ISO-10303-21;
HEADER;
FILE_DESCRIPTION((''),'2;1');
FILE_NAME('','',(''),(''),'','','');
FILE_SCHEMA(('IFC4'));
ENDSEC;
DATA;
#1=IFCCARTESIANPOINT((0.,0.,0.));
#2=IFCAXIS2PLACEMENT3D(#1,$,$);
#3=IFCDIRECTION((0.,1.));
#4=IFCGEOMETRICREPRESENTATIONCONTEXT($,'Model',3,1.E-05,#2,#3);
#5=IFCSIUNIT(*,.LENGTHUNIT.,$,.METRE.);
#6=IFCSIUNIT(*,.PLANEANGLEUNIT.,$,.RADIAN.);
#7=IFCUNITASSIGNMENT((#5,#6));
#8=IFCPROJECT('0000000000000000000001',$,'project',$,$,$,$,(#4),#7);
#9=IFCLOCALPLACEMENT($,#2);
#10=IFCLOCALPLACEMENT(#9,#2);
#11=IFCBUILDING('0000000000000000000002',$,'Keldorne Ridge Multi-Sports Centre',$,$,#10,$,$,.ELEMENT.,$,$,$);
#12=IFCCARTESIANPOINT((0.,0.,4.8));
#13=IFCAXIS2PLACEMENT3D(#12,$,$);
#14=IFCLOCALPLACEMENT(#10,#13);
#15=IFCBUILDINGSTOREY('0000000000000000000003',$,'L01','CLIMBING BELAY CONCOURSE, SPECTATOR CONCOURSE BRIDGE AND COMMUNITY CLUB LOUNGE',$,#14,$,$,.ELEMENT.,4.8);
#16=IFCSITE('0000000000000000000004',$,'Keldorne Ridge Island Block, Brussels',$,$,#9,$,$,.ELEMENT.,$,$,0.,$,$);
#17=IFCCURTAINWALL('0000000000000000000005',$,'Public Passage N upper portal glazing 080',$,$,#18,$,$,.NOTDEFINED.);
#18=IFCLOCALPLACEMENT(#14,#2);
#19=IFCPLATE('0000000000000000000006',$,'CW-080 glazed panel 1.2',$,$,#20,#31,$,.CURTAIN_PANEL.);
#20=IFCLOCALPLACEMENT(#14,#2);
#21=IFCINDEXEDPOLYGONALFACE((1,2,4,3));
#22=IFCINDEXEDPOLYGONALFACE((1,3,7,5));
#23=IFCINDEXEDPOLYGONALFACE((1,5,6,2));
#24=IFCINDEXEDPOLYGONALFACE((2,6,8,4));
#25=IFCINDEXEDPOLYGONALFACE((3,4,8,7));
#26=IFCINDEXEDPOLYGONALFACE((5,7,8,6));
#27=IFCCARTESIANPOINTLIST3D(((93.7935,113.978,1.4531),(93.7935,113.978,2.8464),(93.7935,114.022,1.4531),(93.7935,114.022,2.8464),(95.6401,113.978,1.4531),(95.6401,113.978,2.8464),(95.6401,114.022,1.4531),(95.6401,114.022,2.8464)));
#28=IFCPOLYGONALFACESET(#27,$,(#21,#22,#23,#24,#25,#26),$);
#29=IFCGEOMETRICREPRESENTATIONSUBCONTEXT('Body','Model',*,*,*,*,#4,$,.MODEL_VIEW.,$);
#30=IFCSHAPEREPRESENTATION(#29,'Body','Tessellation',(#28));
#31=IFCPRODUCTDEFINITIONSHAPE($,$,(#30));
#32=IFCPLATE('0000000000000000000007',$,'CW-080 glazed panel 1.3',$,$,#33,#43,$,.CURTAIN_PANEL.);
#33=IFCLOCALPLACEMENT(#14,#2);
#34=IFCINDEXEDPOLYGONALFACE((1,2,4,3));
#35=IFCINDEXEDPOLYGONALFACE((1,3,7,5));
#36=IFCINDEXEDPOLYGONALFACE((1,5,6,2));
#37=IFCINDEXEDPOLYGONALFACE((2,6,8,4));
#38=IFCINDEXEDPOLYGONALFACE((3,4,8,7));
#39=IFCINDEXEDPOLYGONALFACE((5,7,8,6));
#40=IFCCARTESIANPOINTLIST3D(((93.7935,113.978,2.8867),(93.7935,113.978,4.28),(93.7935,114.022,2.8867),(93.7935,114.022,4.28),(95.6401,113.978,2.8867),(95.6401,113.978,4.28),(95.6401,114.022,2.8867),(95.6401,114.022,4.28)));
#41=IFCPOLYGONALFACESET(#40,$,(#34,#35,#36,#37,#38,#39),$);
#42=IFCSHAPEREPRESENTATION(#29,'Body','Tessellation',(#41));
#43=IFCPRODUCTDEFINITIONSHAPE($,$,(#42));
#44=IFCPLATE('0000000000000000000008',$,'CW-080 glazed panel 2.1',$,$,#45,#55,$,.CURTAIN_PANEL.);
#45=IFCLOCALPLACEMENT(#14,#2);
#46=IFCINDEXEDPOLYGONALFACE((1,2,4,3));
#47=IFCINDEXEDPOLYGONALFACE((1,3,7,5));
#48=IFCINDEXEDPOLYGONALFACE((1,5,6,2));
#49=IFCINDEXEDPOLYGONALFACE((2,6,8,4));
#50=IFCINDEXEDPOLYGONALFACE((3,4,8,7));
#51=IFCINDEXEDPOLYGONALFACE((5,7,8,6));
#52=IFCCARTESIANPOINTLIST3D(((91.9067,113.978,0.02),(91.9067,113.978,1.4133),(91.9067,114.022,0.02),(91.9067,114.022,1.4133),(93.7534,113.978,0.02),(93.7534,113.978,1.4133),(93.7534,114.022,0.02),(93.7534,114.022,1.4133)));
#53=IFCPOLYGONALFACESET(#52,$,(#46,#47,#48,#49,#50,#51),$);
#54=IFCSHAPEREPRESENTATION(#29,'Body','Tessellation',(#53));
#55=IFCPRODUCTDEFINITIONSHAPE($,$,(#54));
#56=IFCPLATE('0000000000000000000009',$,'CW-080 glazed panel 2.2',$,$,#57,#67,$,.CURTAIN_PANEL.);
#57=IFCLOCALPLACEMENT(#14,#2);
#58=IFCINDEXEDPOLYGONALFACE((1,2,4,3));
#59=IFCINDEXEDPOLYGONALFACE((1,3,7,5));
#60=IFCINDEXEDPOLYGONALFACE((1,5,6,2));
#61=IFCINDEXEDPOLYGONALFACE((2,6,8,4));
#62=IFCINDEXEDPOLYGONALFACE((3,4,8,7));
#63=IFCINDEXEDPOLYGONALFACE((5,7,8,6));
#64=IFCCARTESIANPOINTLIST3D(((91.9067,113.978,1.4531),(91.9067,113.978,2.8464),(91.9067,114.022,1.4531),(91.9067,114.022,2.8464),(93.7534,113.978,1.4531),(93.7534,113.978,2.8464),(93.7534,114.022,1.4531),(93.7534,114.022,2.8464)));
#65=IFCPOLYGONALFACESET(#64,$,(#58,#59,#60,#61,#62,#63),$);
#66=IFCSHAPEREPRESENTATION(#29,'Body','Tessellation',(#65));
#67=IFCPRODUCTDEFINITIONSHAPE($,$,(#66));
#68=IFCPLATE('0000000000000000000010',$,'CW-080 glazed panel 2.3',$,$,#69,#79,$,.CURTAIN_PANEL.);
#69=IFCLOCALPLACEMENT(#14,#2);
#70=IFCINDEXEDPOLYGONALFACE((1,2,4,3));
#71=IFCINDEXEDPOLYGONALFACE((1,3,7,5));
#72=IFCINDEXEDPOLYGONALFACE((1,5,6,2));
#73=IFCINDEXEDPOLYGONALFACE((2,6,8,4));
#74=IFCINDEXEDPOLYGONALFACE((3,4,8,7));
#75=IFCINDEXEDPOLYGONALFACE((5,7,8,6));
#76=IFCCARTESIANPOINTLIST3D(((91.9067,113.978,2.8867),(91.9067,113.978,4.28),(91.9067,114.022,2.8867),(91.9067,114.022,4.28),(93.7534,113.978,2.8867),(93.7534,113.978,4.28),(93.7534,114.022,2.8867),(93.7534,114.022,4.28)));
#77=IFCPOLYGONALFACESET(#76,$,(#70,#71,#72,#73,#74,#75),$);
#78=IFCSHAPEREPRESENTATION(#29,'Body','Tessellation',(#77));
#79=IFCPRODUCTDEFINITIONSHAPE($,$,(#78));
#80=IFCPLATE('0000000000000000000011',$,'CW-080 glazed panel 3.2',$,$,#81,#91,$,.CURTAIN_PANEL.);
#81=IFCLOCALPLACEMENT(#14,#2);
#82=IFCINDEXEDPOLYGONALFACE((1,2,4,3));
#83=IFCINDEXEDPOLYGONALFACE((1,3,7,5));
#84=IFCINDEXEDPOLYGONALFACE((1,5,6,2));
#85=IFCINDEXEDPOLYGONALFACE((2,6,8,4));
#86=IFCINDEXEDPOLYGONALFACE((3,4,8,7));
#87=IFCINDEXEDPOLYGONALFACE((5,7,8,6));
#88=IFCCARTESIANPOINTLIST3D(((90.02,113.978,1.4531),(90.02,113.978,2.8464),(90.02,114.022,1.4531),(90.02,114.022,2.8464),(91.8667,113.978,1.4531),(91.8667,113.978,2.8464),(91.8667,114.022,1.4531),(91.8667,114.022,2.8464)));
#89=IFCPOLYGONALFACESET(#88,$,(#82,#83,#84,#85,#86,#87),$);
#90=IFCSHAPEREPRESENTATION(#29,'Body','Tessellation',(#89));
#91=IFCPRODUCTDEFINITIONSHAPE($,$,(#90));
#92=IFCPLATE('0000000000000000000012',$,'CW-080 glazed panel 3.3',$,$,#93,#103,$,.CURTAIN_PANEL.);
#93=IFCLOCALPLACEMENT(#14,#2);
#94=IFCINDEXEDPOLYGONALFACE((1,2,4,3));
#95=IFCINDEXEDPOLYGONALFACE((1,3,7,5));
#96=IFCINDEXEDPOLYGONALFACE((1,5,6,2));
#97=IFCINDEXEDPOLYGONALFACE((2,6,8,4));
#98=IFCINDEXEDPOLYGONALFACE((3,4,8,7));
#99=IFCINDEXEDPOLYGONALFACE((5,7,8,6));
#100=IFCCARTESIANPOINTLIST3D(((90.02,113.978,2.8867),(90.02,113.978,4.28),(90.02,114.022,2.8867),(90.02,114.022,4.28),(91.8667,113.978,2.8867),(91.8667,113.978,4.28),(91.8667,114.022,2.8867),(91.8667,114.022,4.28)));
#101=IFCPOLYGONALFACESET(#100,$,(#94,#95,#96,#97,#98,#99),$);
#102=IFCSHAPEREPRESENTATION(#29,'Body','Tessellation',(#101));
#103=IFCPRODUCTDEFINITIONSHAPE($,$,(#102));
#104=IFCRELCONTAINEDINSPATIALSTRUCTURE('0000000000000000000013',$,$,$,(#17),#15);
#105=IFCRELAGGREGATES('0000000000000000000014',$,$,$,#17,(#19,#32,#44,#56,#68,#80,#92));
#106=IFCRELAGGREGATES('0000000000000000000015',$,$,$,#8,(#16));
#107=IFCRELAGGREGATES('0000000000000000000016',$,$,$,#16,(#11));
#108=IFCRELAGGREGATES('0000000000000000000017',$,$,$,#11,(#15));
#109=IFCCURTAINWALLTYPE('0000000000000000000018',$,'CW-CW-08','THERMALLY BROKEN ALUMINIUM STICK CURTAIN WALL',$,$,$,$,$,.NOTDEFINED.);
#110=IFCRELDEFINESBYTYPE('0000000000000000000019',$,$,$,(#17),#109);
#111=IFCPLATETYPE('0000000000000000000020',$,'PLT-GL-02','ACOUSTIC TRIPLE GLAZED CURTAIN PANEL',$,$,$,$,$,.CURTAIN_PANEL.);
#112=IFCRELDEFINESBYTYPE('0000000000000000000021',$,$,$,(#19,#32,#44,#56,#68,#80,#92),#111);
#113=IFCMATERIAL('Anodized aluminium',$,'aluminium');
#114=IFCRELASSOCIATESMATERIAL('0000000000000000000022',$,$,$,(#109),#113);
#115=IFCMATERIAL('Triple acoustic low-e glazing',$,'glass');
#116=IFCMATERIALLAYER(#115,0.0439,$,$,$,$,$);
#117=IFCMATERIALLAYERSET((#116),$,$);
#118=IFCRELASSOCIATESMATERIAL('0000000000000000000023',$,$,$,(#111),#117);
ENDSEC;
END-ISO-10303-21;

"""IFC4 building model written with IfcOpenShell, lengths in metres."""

from ifc_helpers import new_model, si_unit, direction, frame, origin, origin_2d, place, context, subcontext, project, spatial, rectangle, extrude, material, layer, layer_set, type_object, element, aggregate, save


model = new_model("IFC4")

# Units and contexts
model_context = context("Model", 3, precision=1e-05, world=origin(), true_north=direction((0.0, 1.0)))
body_context = subcontext(model_context, "Body", "Model", "MODEL_VIEW")
ifc_project = project(units=[si_unit("LENGTHUNIT", "METRE"), si_unit("PLANEANGLEUNIT", "RADIAN")], contexts=[model_context])

# Site, building, storey
site_placement = place(None, origin())
site = spatial("IfcSite", under=ifc_project, at=site_placement, Name="Keldorne Ridge Island Block, Brussels", CompositionType="ELEMENT", RefElevation=0.0)
building_placement = place(site_placement, origin())
building = spatial("IfcBuilding", under=site, at=building_placement, Name="Keldorne Ridge Multi-Sports Centre", CompositionType="ELEMENT")
storey_placement = place(building_placement, frame((0.0, 0.0, 4.8)))
storey = spatial("IfcBuildingStorey", under=building, at=storey_placement, Name="L01", Description="CLIMBING BELAY CONCOURSE, SPECTATOR CONCOURSE BRIDGE AND COMMUNITY CLUB LOUNGE", CompositionType="ELEMENT", Elevation=4.8)

# Shared definitions
ifc_material_1 = material(Name="Anodized aluminium", Category="aluminium")

# Curtain wall
curtain_wall_type_1 = type_object("IfcCurtainWallType", Name="CW-CW-08", Description="THERMALLY BROKEN ALUMINIUM STICK CURTAIN WALL", PredefinedType="NOTDEFINED", material=ifc_material_1)
curtain_wall_1_placement = place(storey_placement, origin())
curtain_wall_1 = element("IfcCurtainWall", 1, at=curtain_wall_1_placement, inside=storey, type_object=curtain_wall_type_1, Name="Public Passage N upper portal glazing 080", PredefinedType="NOTDEFINED")

# Plates
ifc_material_2 = material(Name="Triple acoustic low-e glazing", Category="glass")
ifc_layer = layer(ifc_material_2, 0.0439)
ifc_layer_set = layer_set([ifc_layer])
plate_type = type_object("IfcPlateType", Name="PLT-GL-02", Description="ACOUSTIC TRIPLE GLAZED CURTAIN PANEL", PredefinedType="CURTAIN_PANEL", material=ifc_layer_set)
plate_1_placement = place(storey_placement, frame((94.7168, 114.0, 1.4531), z_axis=(0.0, 0.0, 1.0), x_axis=(-1.0, 0.0, 0.0)))
plate_1 = element("IfcPlate", 2, at=plate_1_placement, type_object=plate_type, Name="CW-080 glazed panel 1.2", PredefinedType="CURTAIN_PANEL", context=body_context, shape_type="SweptSolid", body=[
    extrude(rectangle(XDim=1.8467, YDim=0.0439, at=origin_2d()), origin(), (0.0, 0.0, 1.0), 1.3933),
])
plate_2_placement = place(storey_placement, frame((94.7168, 114.0, 2.8867), z_axis=(0.0, 0.0, 1.0), x_axis=(-1.0, 0.0, 0.0)))
plate_2 = element("IfcPlate", 3, at=plate_2_placement, type_object=plate_type, Name="CW-080 glazed panel 1.3", PredefinedType="CURTAIN_PANEL", context=body_context, shape_type="SweptSolid", body=[
    extrude(rectangle(XDim=1.8467, YDim=0.0439, at=origin_2d()), origin(), (0.0, 0.0, 1.0), 1.3933),
])
plate_3_placement = place(storey_placement, frame((92.8301, 114.0, 0.02), z_axis=(0.0, 0.0, 1.0), x_axis=(-1.0, 0.0, 0.0)))
plate_3 = element("IfcPlate", 4, at=plate_3_placement, type_object=plate_type, Name="CW-080 glazed panel 2.1", PredefinedType="CURTAIN_PANEL", context=body_context, shape_type="SweptSolid", body=[
    extrude(rectangle(XDim=1.8467, YDim=0.0439, at=origin_2d()), origin(), (0.0, 0.0, 1.0), 1.3933),
])
plate_4_placement = place(storey_placement, frame((92.8301, 114.0, 1.4531), z_axis=(0.0, 0.0, 1.0), x_axis=(-1.0, 0.0, 0.0)))
plate_4 = element("IfcPlate", 5, at=plate_4_placement, type_object=plate_type, Name="CW-080 glazed panel 2.2", PredefinedType="CURTAIN_PANEL", context=body_context, shape_type="SweptSolid", body=[
    extrude(rectangle(XDim=1.8467, YDim=0.0439, at=origin_2d()), origin(), (0.0, 0.0, 1.0), 1.3933),
])
plate_5_placement = place(storey_placement, frame((92.8301, 114.0, 2.8867), z_axis=(0.0, 0.0, 1.0), x_axis=(-1.0, 0.0, 0.0)))
plate_5 = element("IfcPlate", 6, at=plate_5_placement, type_object=plate_type, Name="CW-080 glazed panel 2.3", PredefinedType="CURTAIN_PANEL", context=body_context, shape_type="SweptSolid", body=[
    extrude(rectangle(XDim=1.8467, YDim=0.0439, at=origin_2d()), origin(), (0.0, 0.0, 1.0), 1.3933),
])
plate_6_placement = place(storey_placement, frame((90.9434, 114.0, 1.4531), z_axis=(0.0, 0.0, 1.0), x_axis=(-1.0, 0.0, 0.0)))
plate_6 = element("IfcPlate", 7, at=plate_6_placement, type_object=plate_type, Name="CW-080 glazed panel 3.2", PredefinedType="CURTAIN_PANEL", context=body_context, shape_type="SweptSolid", body=[
    extrude(rectangle(XDim=1.8467, YDim=0.0439, at=origin_2d()), origin(), (0.0, 0.0, 1.0), 1.3933),
])
plate_7_placement = place(storey_placement, frame((90.9434, 114.0, 2.8867), z_axis=(0.0, 0.0, 1.0), x_axis=(-1.0, 0.0, 0.0)))
plate_7 = element("IfcPlate", 8, at=plate_7_placement, type_object=plate_type, Name="CW-080 glazed panel 3.3", PredefinedType="CURTAIN_PANEL", context=body_context, shape_type="SweptSolid", body=[
    extrude(rectangle(XDim=1.8467, YDim=0.0439, at=origin_2d()), origin(), (0.0, 0.0, 1.0), 1.3933),
])
aggregate(curtain_wall_1, [plate_1, plate_2, plate_3, plate_4, plate_5, plate_6, plate_7])

save(model, "model.ifc")
